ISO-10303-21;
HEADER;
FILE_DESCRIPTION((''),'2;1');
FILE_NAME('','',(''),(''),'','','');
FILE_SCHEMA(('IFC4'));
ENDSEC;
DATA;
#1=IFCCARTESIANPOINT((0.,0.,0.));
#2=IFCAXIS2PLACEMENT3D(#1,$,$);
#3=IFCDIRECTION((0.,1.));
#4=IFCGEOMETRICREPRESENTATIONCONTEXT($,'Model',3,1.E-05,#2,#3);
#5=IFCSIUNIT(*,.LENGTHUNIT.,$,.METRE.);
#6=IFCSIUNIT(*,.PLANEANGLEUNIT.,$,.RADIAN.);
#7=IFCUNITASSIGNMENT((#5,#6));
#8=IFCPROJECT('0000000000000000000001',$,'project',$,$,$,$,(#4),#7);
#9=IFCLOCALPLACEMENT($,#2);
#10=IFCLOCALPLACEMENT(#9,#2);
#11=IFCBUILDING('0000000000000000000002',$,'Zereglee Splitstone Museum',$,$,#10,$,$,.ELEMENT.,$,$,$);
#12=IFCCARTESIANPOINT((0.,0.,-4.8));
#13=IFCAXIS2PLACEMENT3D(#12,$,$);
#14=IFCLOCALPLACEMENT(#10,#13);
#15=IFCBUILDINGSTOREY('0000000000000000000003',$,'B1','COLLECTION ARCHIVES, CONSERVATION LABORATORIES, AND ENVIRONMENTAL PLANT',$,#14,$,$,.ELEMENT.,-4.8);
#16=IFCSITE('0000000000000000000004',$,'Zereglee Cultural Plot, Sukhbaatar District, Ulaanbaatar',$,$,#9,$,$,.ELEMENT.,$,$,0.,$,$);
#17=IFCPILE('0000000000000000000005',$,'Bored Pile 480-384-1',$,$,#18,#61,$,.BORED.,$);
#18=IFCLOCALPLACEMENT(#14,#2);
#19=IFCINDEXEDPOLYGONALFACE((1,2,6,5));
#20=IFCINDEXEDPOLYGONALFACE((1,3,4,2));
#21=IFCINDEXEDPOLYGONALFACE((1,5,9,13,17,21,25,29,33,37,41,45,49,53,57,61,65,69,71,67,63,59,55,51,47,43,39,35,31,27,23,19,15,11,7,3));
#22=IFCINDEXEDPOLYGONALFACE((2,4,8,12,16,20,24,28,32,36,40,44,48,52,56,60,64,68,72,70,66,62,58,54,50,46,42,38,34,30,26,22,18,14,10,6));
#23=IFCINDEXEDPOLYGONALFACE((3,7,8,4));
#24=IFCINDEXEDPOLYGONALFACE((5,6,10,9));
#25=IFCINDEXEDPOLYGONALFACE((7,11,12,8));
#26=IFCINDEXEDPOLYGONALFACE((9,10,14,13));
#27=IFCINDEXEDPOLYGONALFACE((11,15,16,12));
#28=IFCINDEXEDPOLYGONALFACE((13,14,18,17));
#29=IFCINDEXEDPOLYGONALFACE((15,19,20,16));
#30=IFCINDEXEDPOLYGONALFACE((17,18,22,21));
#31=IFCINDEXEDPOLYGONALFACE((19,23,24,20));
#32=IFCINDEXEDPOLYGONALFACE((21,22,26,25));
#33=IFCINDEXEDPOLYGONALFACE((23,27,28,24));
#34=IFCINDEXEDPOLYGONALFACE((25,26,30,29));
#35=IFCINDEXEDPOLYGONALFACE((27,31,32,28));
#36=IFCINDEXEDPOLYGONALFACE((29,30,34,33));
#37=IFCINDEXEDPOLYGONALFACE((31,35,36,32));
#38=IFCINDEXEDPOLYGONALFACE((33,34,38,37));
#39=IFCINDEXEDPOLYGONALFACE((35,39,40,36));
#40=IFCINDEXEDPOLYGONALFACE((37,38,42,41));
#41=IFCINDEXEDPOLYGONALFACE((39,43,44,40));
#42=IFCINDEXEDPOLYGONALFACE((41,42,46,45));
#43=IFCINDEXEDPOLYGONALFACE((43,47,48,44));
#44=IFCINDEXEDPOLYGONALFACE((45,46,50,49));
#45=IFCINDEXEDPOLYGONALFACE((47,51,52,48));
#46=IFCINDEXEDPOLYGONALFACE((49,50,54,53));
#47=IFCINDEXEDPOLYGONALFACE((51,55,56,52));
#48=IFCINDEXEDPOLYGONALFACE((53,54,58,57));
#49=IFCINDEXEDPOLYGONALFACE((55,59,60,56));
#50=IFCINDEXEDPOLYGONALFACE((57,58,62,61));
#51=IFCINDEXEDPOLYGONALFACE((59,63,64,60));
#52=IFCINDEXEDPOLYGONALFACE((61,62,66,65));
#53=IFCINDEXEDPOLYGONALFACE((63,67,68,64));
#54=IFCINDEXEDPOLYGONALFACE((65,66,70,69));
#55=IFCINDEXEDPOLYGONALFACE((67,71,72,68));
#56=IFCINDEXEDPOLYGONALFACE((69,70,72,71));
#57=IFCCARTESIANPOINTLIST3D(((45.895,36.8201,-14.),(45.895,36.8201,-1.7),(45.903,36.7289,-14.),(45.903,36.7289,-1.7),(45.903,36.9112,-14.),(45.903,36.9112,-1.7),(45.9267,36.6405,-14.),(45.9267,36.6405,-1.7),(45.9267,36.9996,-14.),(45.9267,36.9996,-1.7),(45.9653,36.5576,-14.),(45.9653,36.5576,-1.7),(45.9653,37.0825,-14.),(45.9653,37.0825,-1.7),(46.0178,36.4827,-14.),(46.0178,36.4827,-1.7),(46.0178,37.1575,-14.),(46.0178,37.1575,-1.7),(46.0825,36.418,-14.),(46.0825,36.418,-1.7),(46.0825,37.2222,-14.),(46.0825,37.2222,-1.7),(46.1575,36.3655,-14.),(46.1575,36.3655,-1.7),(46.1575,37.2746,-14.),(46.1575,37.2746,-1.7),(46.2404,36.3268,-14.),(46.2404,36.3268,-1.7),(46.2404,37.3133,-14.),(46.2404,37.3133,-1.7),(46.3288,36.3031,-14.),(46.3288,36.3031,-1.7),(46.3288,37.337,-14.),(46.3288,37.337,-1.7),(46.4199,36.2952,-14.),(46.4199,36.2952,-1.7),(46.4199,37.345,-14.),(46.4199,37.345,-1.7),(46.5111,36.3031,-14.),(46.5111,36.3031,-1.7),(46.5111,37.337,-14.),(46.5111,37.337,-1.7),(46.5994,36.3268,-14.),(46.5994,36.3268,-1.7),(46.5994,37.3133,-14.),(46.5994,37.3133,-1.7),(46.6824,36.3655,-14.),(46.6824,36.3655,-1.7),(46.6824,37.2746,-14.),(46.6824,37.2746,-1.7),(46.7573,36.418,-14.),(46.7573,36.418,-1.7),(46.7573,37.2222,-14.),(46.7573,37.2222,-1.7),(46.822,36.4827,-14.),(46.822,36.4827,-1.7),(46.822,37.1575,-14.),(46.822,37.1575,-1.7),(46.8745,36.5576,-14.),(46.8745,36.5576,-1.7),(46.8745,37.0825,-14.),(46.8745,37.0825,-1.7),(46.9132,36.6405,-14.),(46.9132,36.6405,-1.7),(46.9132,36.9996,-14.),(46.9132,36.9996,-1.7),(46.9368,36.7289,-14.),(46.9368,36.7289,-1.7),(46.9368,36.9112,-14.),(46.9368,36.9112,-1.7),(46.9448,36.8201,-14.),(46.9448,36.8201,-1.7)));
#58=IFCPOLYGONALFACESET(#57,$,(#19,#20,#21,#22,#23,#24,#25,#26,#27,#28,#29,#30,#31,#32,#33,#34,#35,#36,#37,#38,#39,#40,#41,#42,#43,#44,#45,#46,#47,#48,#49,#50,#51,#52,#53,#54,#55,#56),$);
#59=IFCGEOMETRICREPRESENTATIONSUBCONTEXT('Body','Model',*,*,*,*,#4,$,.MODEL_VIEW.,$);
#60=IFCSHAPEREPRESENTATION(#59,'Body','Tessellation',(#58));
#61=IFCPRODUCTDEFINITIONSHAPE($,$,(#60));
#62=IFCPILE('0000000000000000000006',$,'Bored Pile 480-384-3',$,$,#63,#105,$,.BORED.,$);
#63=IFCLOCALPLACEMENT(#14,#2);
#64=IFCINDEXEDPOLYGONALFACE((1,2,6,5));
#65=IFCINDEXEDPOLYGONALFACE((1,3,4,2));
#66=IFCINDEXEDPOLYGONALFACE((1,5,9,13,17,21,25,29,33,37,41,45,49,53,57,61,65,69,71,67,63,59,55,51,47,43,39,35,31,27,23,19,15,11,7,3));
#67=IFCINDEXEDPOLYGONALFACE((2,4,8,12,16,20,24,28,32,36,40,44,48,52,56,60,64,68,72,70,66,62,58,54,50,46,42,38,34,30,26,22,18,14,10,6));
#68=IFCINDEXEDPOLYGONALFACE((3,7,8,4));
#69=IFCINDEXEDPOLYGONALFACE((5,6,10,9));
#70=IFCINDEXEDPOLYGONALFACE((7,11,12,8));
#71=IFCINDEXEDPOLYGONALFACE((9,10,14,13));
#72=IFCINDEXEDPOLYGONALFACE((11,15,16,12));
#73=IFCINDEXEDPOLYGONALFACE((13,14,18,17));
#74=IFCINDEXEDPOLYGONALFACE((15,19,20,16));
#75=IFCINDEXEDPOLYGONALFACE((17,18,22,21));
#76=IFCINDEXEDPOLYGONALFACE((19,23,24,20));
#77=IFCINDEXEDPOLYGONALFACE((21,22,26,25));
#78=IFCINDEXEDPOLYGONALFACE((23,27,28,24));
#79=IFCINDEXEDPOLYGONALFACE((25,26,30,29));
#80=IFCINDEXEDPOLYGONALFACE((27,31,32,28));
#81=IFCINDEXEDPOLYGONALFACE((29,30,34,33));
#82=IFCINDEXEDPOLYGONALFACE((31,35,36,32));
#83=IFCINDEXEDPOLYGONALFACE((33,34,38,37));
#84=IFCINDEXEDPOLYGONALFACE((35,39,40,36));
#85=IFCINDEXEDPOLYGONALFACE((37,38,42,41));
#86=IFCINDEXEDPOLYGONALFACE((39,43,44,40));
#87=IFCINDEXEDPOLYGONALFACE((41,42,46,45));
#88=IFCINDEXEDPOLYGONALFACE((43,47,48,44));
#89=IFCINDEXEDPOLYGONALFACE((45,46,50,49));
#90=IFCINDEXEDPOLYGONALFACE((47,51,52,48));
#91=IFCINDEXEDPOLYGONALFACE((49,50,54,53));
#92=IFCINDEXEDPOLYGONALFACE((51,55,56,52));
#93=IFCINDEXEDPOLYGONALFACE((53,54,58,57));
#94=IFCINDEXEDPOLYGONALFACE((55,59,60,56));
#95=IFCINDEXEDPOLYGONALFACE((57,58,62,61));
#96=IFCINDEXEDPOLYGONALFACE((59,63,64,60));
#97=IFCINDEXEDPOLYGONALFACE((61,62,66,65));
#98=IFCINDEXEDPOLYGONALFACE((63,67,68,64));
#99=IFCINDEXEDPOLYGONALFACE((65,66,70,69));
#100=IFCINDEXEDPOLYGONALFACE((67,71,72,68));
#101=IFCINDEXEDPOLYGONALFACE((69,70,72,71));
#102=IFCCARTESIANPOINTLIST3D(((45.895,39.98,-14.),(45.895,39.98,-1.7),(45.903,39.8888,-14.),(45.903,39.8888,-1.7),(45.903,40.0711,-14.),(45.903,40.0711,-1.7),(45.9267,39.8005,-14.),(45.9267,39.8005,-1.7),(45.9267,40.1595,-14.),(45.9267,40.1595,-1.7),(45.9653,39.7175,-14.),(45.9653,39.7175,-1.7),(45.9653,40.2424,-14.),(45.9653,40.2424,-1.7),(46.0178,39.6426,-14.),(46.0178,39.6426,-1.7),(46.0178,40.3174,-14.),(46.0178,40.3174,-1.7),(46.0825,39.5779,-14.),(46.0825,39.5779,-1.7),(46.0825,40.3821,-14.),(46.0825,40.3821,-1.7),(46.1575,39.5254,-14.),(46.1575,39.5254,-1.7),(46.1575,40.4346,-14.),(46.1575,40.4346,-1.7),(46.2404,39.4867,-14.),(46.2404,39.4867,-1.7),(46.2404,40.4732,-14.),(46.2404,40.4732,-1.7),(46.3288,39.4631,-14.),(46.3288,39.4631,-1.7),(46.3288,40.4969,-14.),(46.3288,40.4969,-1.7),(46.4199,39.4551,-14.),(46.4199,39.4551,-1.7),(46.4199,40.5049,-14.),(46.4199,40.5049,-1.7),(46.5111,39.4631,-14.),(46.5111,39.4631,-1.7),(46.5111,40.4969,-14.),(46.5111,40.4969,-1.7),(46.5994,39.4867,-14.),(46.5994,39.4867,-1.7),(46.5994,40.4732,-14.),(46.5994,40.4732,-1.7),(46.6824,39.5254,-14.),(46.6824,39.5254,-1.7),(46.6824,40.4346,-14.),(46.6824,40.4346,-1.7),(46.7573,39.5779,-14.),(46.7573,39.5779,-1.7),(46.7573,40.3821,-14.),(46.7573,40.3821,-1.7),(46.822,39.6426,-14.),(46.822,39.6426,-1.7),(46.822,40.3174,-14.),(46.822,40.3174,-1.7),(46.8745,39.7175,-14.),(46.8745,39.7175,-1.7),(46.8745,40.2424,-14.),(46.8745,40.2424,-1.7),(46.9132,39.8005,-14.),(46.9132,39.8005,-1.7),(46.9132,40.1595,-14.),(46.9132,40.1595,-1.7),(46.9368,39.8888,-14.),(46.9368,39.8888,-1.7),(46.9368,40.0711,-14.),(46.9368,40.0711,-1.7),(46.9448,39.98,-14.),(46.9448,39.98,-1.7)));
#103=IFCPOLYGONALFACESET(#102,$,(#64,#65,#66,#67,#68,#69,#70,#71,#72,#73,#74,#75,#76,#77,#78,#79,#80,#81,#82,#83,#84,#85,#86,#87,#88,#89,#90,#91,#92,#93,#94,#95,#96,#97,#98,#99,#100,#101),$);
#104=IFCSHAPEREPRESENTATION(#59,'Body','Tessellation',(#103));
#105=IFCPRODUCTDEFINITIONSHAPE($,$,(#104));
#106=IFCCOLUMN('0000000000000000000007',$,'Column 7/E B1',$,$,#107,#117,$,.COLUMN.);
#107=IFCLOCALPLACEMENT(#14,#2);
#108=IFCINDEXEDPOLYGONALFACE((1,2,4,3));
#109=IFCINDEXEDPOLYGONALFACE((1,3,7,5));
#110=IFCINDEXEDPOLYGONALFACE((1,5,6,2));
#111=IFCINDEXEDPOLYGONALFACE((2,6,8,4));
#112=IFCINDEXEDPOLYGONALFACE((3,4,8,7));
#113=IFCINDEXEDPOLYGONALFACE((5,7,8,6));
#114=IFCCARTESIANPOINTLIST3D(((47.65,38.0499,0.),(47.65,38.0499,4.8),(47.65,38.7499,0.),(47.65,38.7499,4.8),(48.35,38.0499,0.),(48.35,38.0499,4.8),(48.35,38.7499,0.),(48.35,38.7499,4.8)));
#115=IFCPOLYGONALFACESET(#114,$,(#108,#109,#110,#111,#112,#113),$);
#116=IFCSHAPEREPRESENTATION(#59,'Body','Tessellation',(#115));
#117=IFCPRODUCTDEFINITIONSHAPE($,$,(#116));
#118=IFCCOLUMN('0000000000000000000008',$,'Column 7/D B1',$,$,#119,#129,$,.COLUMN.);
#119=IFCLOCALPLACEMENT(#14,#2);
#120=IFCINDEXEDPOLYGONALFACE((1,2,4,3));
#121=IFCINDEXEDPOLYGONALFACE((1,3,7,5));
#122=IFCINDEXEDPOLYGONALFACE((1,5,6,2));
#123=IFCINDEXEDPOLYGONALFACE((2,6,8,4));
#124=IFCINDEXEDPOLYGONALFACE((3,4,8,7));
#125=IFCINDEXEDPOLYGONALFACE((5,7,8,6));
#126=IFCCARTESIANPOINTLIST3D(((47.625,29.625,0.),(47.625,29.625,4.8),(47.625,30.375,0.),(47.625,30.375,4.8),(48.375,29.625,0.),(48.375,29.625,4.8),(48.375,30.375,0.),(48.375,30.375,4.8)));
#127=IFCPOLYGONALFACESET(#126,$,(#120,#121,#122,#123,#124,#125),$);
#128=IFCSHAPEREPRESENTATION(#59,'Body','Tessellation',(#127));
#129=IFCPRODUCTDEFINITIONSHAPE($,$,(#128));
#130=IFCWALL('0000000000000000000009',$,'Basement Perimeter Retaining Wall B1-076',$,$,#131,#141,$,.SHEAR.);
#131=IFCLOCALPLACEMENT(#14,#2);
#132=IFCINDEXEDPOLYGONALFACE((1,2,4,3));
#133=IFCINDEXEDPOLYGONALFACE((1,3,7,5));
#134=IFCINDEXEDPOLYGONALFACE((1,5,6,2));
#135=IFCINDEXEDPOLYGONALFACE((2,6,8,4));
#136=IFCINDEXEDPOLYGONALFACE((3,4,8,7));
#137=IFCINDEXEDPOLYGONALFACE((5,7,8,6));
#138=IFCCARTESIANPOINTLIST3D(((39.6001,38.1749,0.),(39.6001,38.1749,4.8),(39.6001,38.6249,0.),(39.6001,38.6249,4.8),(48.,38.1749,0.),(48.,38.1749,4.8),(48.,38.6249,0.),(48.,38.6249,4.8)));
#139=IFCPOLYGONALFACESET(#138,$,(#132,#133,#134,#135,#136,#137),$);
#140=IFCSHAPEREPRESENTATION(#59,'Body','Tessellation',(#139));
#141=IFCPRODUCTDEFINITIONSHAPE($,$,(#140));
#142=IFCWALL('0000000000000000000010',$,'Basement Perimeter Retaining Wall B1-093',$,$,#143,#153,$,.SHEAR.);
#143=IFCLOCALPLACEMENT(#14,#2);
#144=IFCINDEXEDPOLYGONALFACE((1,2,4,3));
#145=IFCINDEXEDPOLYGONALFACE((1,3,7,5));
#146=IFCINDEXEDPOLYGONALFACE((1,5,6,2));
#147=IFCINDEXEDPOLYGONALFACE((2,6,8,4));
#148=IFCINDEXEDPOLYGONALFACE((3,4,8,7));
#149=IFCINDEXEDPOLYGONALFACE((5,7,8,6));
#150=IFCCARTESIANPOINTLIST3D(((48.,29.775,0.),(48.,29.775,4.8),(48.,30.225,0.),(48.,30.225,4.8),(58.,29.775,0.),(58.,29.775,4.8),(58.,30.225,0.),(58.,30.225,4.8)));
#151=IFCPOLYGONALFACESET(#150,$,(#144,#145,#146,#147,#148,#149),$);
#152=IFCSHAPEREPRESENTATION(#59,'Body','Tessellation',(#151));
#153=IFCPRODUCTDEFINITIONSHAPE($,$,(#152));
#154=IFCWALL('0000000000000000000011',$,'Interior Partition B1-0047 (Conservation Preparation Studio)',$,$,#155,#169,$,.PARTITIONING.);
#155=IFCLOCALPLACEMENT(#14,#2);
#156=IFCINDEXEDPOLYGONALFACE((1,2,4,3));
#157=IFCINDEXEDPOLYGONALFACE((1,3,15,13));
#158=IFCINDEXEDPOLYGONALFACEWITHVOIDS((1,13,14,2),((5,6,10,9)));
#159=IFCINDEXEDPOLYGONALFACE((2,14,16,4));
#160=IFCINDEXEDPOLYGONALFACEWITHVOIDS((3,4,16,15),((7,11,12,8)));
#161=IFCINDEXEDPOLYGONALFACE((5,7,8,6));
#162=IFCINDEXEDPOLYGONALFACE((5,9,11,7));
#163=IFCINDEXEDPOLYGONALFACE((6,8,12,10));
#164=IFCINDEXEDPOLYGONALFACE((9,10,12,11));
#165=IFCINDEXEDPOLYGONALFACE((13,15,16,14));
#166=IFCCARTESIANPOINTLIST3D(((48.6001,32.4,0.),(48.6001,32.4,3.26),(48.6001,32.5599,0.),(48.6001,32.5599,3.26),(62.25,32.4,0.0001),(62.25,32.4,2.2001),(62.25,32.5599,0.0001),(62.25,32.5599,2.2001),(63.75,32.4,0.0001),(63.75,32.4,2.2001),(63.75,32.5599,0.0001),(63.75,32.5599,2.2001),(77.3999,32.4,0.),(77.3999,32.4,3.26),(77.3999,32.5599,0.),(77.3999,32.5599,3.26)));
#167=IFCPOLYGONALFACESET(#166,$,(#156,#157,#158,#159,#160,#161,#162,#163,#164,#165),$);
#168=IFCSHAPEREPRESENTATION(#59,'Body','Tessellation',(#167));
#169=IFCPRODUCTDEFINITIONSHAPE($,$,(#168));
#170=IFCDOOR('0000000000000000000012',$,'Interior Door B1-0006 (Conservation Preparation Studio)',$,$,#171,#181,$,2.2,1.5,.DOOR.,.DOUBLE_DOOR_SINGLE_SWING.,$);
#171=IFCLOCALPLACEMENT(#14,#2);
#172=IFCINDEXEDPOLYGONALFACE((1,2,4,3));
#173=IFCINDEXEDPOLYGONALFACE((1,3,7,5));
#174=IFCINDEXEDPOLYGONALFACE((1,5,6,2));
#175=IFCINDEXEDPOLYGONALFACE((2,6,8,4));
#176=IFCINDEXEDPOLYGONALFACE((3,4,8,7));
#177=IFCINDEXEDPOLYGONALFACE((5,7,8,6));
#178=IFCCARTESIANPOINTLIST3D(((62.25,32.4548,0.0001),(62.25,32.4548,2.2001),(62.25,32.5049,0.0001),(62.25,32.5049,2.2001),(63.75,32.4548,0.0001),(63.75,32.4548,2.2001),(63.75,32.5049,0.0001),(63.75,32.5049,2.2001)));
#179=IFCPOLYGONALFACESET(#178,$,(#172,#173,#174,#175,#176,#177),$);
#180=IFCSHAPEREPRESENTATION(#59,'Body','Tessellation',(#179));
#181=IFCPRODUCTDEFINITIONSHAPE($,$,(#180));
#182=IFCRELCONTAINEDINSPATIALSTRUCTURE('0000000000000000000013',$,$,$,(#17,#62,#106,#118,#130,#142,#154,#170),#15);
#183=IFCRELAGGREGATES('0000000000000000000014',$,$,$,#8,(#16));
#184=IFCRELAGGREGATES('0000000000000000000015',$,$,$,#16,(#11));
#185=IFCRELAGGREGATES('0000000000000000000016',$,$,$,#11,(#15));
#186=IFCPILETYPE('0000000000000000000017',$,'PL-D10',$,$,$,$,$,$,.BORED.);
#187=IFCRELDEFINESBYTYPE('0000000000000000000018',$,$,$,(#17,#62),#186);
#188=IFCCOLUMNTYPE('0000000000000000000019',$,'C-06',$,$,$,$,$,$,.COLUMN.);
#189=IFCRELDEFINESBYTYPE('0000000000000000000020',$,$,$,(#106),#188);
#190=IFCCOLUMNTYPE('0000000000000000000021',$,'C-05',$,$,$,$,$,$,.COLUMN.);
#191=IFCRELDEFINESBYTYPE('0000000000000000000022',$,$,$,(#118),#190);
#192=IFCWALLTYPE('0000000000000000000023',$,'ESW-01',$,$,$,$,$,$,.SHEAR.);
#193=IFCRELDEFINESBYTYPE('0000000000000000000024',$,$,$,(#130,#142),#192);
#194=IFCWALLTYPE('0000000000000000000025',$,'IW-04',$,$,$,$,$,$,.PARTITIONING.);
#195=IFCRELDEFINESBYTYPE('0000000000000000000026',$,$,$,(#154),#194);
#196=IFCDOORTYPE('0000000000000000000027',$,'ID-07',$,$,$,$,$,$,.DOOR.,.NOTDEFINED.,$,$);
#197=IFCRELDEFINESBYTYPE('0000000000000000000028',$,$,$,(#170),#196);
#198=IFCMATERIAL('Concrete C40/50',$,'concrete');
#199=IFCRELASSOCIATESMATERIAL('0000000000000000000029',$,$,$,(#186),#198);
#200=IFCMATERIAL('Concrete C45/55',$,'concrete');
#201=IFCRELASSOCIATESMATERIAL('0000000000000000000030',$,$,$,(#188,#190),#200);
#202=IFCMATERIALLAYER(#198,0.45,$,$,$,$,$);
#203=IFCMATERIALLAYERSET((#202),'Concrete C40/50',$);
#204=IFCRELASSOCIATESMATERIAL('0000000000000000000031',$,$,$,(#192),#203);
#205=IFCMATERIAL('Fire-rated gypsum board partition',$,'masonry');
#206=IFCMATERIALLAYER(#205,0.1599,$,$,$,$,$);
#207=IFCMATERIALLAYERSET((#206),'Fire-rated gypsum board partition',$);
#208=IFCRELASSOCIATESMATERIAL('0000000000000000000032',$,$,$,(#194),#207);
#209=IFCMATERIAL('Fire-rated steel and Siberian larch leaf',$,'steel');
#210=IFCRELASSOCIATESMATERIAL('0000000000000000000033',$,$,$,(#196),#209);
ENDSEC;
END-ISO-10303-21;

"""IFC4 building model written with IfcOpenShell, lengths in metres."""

from ifc_helpers import new_model, si_unit, direction, frame, frame_2d, origin, origin_2d, place, context, subcontext, project, spatial, rectangle, circle, extrude, material, layer, layer_set, material_profile, profile_set, type_object, element, fill, save


model = new_model("IFC4")

# Units and contexts
model_context = context("Model", 3, precision=1e-05, world=origin(), true_north=direction((0.0, 1.0)))
body_context = subcontext(model_context, "Body", "Model", "MODEL_VIEW")
ifc_project = project(units=[si_unit("LENGTHUNIT", "METRE"), si_unit("PLANEANGLEUNIT", "RADIAN")], contexts=[model_context])

# Site, building, storey
site_placement = place(None, origin())
site = spatial("IfcSite", under=ifc_project, at=site_placement, Name="Zereglee Cultural Plot, Sukhbaatar District, Ulaanbaatar", CompositionType="ELEMENT", RefElevation=0.0)
building_placement = place(site_placement, origin())
building = spatial("IfcBuilding", under=site, at=building_placement, Name="Zereglee Splitstone Museum", CompositionType="ELEMENT")
storey_placement = place(building_placement, frame((0.0, 0.0, -4.8)))
storey = spatial("IfcBuildingStorey", under=building, at=storey_placement, Name="B1", Description="COLLECTION ARCHIVES, CONSERVATION LABORATORIES, AND ENVIRONMENTAL PLANT", CompositionType="ELEMENT", Elevation=-4.8)

# Shared definitions
ifc_material_1 = material(Name="Concrete C40/50", Category="concrete")

# Piles
ifc_material_profile_1 = material_profile(ifc_material_1, circle(Radius=0.5249, at=origin_2d()), Name="PILE D1050")
ifc_profile_set_1 = profile_set([ifc_material_profile_1], Name="Concrete C40/50")
pile_type = type_object("IfcPileType", Name="PL-D10", PredefinedType="BORED", material=ifc_profile_set_1)
for number, where, z_axis, x_axis, name in (
    (1, (46.4199, 36.8201, -1.7), (0.0, 0.0, -1.0), (1.0, 0.0, 0.0), "Bored Pile 480-384-1"),
    (2, (46.4199, 39.98, -1.7), (0.0, 0.0, -1.0), (1.0, 0.0, 0.0), "Bored Pile 480-384-3"),
):
    element("IfcPile", number, at=place(storey_placement, frame(where, z_axis=z_axis, x_axis=x_axis)), inside=storey, type_object=pile_type, Name=name, PredefinedType="BORED", context=body_context, shape_type="SweptSolid", body=[
        extrude(circle(Radius=0.5249, at=origin_2d()), origin(), (0.0, 0.0, 1.0), 12.3),
    ])

# Columns
ifc_material_2 = material(Name="Concrete C45/55", Category="concrete")
ifc_material_profile_2 = material_profile(ifc_material_2, rectangle(XDim=0.7, YDim=0.7, at=origin_2d()), Name="RC 700x700")
ifc_profile_set_2 = profile_set([ifc_material_profile_2], Name="Concrete C45/55")
column_type_1 = type_object("IfcColumnType", Name="C-06", PredefinedType="COLUMN", material=ifc_profile_set_2)
column_1_placement = place(storey_placement, frame((48.0, 38.3999, 0.0), z_axis=(0.0, 0.0, 1.0), x_axis=(1.0, 0.0, 0.0)))
element("IfcColumn", 3, at=column_1_placement, inside=storey, type_object=column_type_1, Name="Column 7/E B1", PredefinedType="COLUMN", context=body_context, shape_type="SweptSolid", body=[
    extrude(rectangle(XDim=0.7, YDim=0.7, at=origin_2d()), origin(), (0.0, 0.0, 1.0), 4.8),
])
ifc_material_profile_3 = material_profile(ifc_material_2, rectangle(XDim=0.75, YDim=0.75, at=origin_2d()), Name="RC 750x750")
ifc_profile_set_3 = profile_set([ifc_material_profile_3], Name="Concrete C45/55")
column_type_2 = type_object("IfcColumnType", Name="C-05", PredefinedType="COLUMN", material=ifc_profile_set_3)
column_2_placement = place(storey_placement, frame((48.0, 30.0, 0.0), z_axis=(0.0, 0.0, 1.0), x_axis=(1.0, 0.0, 0.0)))
element("IfcColumn", 4, at=column_2_placement, inside=storey, type_object=column_type_2, Name="Column 7/D B1", PredefinedType="COLUMN", context=body_context, shape_type="SweptSolid", body=[
    extrude(rectangle(XDim=0.75, YDim=0.75, at=origin_2d()), origin(), (0.0, 0.0, 1.0), 4.8),
])

# Walls
ifc_layer_1 = layer(ifc_material_1, 0.45)
ifc_layer_set_1 = layer_set([ifc_layer_1], Name="Concrete C40/50")
wall_type_1 = type_object("IfcWallType", Name="ESW-01", PredefinedType="SHEAR", material=ifc_layer_set_1)
wall_1_placement = place(storey_placement, frame((48.0, 38.3999, 0.0), z_axis=(0.0, 0.0, 1.0), x_axis=(-1.0, 0.0, 0.0)))
element("IfcWall", 5, at=wall_1_placement, inside=storey, type_object=wall_type_1, Name="Basement Perimeter Retaining Wall B1-076", PredefinedType="SHEAR", context=body_context, shape_type="SweptSolid", body=[
    extrude(rectangle(XDim=8.3999, YDim=0.45, at=frame_2d((4.2, 0.0))), origin(), (0.0, 0.0, 1.0), 4.8),
])
wall_2_placement = place(storey_placement, frame((48.0, 30.0, 0.0), z_axis=(0.0, 0.0, 1.0), x_axis=(1.0, 0.0, 0.0)))
element("IfcWall", 6, at=wall_2_placement, inside=storey, type_object=wall_type_1, Name="Basement Perimeter Retaining Wall B1-093", PredefinedType="SHEAR", context=body_context, shape_type="SweptSolid", body=[
    extrude(rectangle(XDim=10.0, YDim=0.45, at=frame_2d((5.0, 0.0))), origin(), (0.0, 0.0, 1.0), 4.8),
])

# Wall, opening, door
ifc_material_3 = material(Name="Fire-rated gypsum board partition", Category="masonry")
ifc_layer_2 = layer(ifc_material_3, 0.1599)
ifc_layer_set_2 = layer_set([ifc_layer_2], Name="Fire-rated gypsum board partition")
wall_type_2 = type_object("IfcWallType", Name="IW-04", PredefinedType="PARTITIONING", material=ifc_layer_set_2)
wall_3_placement = place(storey_placement, frame((48.6001, 32.48, 0.0), z_axis=(0.0, 0.0, 1.0), x_axis=(1.0, 0.0, 0.0)))
wall_3 = element("IfcWall", 7, at=wall_3_placement, inside=storey, type_object=wall_type_2, Name="Interior Partition B1-0047 (Conservation Preparation Studio)", PredefinedType="PARTITIONING", context=body_context, shape_type="SweptSolid", body=[
    extrude(rectangle(XDim=28.7998, YDim=0.1599, at=frame_2d((14.3999, 0.0))), origin(), (0.0, 0.0, 1.0), 3.26),
])
opening_placement = place(wall_3_placement, frame((13.6499, 0.0, 0.0)))
opening = element("IfcOpeningElement", 8, at=opening_placement, cuts=wall_3, PredefinedType="OPENING", context=body_context, shape_type="SweptSolid", body=[
    extrude(rectangle(XDim=1.5, YDim=2.2, at=frame_2d((0.75, 1.1001))), frame((0.0, 0.0947, 0.0), z_axis=(0.0, -1.0, 0.0), x_axis=(1.0, 0.0, 0.0)), (0.0, 0.0, 1.0), 0.1897),
])
ifc_material_4 = material(Name="Fire-rated steel and Siberian larch leaf", Category="steel")
door_type = type_object("IfcDoorType", Name="ID-07", OperationType="NOTDEFINED", PredefinedType="DOOR", material=ifc_material_4)
door_placement = place(opening_placement, origin())
door = element("IfcDoor", 9, at=door_placement, inside=storey, type_object=door_type, Name="Interior Door B1-0006 (Conservation Preparation Studio)", OperationType="DOUBLE_DOOR_SINGLE_SWING", OverallHeight=2.2, OverallWidth=1.5, PredefinedType="DOOR", context=body_context, shape_type="SweptSolid", body=[
    extrude(rectangle(XDim=1.5, YDim=2.2, at=frame_2d((0.75, 1.1001))), frame((0.0, 0.0249, 0.0), z_axis=(0.0, -1.0, 0.0), x_axis=(1.0, 0.0, 0.0)), (0.0, 0.0, 1.0), 0.05),
])
fill(opening, door)

save(model, "model.ifc")
